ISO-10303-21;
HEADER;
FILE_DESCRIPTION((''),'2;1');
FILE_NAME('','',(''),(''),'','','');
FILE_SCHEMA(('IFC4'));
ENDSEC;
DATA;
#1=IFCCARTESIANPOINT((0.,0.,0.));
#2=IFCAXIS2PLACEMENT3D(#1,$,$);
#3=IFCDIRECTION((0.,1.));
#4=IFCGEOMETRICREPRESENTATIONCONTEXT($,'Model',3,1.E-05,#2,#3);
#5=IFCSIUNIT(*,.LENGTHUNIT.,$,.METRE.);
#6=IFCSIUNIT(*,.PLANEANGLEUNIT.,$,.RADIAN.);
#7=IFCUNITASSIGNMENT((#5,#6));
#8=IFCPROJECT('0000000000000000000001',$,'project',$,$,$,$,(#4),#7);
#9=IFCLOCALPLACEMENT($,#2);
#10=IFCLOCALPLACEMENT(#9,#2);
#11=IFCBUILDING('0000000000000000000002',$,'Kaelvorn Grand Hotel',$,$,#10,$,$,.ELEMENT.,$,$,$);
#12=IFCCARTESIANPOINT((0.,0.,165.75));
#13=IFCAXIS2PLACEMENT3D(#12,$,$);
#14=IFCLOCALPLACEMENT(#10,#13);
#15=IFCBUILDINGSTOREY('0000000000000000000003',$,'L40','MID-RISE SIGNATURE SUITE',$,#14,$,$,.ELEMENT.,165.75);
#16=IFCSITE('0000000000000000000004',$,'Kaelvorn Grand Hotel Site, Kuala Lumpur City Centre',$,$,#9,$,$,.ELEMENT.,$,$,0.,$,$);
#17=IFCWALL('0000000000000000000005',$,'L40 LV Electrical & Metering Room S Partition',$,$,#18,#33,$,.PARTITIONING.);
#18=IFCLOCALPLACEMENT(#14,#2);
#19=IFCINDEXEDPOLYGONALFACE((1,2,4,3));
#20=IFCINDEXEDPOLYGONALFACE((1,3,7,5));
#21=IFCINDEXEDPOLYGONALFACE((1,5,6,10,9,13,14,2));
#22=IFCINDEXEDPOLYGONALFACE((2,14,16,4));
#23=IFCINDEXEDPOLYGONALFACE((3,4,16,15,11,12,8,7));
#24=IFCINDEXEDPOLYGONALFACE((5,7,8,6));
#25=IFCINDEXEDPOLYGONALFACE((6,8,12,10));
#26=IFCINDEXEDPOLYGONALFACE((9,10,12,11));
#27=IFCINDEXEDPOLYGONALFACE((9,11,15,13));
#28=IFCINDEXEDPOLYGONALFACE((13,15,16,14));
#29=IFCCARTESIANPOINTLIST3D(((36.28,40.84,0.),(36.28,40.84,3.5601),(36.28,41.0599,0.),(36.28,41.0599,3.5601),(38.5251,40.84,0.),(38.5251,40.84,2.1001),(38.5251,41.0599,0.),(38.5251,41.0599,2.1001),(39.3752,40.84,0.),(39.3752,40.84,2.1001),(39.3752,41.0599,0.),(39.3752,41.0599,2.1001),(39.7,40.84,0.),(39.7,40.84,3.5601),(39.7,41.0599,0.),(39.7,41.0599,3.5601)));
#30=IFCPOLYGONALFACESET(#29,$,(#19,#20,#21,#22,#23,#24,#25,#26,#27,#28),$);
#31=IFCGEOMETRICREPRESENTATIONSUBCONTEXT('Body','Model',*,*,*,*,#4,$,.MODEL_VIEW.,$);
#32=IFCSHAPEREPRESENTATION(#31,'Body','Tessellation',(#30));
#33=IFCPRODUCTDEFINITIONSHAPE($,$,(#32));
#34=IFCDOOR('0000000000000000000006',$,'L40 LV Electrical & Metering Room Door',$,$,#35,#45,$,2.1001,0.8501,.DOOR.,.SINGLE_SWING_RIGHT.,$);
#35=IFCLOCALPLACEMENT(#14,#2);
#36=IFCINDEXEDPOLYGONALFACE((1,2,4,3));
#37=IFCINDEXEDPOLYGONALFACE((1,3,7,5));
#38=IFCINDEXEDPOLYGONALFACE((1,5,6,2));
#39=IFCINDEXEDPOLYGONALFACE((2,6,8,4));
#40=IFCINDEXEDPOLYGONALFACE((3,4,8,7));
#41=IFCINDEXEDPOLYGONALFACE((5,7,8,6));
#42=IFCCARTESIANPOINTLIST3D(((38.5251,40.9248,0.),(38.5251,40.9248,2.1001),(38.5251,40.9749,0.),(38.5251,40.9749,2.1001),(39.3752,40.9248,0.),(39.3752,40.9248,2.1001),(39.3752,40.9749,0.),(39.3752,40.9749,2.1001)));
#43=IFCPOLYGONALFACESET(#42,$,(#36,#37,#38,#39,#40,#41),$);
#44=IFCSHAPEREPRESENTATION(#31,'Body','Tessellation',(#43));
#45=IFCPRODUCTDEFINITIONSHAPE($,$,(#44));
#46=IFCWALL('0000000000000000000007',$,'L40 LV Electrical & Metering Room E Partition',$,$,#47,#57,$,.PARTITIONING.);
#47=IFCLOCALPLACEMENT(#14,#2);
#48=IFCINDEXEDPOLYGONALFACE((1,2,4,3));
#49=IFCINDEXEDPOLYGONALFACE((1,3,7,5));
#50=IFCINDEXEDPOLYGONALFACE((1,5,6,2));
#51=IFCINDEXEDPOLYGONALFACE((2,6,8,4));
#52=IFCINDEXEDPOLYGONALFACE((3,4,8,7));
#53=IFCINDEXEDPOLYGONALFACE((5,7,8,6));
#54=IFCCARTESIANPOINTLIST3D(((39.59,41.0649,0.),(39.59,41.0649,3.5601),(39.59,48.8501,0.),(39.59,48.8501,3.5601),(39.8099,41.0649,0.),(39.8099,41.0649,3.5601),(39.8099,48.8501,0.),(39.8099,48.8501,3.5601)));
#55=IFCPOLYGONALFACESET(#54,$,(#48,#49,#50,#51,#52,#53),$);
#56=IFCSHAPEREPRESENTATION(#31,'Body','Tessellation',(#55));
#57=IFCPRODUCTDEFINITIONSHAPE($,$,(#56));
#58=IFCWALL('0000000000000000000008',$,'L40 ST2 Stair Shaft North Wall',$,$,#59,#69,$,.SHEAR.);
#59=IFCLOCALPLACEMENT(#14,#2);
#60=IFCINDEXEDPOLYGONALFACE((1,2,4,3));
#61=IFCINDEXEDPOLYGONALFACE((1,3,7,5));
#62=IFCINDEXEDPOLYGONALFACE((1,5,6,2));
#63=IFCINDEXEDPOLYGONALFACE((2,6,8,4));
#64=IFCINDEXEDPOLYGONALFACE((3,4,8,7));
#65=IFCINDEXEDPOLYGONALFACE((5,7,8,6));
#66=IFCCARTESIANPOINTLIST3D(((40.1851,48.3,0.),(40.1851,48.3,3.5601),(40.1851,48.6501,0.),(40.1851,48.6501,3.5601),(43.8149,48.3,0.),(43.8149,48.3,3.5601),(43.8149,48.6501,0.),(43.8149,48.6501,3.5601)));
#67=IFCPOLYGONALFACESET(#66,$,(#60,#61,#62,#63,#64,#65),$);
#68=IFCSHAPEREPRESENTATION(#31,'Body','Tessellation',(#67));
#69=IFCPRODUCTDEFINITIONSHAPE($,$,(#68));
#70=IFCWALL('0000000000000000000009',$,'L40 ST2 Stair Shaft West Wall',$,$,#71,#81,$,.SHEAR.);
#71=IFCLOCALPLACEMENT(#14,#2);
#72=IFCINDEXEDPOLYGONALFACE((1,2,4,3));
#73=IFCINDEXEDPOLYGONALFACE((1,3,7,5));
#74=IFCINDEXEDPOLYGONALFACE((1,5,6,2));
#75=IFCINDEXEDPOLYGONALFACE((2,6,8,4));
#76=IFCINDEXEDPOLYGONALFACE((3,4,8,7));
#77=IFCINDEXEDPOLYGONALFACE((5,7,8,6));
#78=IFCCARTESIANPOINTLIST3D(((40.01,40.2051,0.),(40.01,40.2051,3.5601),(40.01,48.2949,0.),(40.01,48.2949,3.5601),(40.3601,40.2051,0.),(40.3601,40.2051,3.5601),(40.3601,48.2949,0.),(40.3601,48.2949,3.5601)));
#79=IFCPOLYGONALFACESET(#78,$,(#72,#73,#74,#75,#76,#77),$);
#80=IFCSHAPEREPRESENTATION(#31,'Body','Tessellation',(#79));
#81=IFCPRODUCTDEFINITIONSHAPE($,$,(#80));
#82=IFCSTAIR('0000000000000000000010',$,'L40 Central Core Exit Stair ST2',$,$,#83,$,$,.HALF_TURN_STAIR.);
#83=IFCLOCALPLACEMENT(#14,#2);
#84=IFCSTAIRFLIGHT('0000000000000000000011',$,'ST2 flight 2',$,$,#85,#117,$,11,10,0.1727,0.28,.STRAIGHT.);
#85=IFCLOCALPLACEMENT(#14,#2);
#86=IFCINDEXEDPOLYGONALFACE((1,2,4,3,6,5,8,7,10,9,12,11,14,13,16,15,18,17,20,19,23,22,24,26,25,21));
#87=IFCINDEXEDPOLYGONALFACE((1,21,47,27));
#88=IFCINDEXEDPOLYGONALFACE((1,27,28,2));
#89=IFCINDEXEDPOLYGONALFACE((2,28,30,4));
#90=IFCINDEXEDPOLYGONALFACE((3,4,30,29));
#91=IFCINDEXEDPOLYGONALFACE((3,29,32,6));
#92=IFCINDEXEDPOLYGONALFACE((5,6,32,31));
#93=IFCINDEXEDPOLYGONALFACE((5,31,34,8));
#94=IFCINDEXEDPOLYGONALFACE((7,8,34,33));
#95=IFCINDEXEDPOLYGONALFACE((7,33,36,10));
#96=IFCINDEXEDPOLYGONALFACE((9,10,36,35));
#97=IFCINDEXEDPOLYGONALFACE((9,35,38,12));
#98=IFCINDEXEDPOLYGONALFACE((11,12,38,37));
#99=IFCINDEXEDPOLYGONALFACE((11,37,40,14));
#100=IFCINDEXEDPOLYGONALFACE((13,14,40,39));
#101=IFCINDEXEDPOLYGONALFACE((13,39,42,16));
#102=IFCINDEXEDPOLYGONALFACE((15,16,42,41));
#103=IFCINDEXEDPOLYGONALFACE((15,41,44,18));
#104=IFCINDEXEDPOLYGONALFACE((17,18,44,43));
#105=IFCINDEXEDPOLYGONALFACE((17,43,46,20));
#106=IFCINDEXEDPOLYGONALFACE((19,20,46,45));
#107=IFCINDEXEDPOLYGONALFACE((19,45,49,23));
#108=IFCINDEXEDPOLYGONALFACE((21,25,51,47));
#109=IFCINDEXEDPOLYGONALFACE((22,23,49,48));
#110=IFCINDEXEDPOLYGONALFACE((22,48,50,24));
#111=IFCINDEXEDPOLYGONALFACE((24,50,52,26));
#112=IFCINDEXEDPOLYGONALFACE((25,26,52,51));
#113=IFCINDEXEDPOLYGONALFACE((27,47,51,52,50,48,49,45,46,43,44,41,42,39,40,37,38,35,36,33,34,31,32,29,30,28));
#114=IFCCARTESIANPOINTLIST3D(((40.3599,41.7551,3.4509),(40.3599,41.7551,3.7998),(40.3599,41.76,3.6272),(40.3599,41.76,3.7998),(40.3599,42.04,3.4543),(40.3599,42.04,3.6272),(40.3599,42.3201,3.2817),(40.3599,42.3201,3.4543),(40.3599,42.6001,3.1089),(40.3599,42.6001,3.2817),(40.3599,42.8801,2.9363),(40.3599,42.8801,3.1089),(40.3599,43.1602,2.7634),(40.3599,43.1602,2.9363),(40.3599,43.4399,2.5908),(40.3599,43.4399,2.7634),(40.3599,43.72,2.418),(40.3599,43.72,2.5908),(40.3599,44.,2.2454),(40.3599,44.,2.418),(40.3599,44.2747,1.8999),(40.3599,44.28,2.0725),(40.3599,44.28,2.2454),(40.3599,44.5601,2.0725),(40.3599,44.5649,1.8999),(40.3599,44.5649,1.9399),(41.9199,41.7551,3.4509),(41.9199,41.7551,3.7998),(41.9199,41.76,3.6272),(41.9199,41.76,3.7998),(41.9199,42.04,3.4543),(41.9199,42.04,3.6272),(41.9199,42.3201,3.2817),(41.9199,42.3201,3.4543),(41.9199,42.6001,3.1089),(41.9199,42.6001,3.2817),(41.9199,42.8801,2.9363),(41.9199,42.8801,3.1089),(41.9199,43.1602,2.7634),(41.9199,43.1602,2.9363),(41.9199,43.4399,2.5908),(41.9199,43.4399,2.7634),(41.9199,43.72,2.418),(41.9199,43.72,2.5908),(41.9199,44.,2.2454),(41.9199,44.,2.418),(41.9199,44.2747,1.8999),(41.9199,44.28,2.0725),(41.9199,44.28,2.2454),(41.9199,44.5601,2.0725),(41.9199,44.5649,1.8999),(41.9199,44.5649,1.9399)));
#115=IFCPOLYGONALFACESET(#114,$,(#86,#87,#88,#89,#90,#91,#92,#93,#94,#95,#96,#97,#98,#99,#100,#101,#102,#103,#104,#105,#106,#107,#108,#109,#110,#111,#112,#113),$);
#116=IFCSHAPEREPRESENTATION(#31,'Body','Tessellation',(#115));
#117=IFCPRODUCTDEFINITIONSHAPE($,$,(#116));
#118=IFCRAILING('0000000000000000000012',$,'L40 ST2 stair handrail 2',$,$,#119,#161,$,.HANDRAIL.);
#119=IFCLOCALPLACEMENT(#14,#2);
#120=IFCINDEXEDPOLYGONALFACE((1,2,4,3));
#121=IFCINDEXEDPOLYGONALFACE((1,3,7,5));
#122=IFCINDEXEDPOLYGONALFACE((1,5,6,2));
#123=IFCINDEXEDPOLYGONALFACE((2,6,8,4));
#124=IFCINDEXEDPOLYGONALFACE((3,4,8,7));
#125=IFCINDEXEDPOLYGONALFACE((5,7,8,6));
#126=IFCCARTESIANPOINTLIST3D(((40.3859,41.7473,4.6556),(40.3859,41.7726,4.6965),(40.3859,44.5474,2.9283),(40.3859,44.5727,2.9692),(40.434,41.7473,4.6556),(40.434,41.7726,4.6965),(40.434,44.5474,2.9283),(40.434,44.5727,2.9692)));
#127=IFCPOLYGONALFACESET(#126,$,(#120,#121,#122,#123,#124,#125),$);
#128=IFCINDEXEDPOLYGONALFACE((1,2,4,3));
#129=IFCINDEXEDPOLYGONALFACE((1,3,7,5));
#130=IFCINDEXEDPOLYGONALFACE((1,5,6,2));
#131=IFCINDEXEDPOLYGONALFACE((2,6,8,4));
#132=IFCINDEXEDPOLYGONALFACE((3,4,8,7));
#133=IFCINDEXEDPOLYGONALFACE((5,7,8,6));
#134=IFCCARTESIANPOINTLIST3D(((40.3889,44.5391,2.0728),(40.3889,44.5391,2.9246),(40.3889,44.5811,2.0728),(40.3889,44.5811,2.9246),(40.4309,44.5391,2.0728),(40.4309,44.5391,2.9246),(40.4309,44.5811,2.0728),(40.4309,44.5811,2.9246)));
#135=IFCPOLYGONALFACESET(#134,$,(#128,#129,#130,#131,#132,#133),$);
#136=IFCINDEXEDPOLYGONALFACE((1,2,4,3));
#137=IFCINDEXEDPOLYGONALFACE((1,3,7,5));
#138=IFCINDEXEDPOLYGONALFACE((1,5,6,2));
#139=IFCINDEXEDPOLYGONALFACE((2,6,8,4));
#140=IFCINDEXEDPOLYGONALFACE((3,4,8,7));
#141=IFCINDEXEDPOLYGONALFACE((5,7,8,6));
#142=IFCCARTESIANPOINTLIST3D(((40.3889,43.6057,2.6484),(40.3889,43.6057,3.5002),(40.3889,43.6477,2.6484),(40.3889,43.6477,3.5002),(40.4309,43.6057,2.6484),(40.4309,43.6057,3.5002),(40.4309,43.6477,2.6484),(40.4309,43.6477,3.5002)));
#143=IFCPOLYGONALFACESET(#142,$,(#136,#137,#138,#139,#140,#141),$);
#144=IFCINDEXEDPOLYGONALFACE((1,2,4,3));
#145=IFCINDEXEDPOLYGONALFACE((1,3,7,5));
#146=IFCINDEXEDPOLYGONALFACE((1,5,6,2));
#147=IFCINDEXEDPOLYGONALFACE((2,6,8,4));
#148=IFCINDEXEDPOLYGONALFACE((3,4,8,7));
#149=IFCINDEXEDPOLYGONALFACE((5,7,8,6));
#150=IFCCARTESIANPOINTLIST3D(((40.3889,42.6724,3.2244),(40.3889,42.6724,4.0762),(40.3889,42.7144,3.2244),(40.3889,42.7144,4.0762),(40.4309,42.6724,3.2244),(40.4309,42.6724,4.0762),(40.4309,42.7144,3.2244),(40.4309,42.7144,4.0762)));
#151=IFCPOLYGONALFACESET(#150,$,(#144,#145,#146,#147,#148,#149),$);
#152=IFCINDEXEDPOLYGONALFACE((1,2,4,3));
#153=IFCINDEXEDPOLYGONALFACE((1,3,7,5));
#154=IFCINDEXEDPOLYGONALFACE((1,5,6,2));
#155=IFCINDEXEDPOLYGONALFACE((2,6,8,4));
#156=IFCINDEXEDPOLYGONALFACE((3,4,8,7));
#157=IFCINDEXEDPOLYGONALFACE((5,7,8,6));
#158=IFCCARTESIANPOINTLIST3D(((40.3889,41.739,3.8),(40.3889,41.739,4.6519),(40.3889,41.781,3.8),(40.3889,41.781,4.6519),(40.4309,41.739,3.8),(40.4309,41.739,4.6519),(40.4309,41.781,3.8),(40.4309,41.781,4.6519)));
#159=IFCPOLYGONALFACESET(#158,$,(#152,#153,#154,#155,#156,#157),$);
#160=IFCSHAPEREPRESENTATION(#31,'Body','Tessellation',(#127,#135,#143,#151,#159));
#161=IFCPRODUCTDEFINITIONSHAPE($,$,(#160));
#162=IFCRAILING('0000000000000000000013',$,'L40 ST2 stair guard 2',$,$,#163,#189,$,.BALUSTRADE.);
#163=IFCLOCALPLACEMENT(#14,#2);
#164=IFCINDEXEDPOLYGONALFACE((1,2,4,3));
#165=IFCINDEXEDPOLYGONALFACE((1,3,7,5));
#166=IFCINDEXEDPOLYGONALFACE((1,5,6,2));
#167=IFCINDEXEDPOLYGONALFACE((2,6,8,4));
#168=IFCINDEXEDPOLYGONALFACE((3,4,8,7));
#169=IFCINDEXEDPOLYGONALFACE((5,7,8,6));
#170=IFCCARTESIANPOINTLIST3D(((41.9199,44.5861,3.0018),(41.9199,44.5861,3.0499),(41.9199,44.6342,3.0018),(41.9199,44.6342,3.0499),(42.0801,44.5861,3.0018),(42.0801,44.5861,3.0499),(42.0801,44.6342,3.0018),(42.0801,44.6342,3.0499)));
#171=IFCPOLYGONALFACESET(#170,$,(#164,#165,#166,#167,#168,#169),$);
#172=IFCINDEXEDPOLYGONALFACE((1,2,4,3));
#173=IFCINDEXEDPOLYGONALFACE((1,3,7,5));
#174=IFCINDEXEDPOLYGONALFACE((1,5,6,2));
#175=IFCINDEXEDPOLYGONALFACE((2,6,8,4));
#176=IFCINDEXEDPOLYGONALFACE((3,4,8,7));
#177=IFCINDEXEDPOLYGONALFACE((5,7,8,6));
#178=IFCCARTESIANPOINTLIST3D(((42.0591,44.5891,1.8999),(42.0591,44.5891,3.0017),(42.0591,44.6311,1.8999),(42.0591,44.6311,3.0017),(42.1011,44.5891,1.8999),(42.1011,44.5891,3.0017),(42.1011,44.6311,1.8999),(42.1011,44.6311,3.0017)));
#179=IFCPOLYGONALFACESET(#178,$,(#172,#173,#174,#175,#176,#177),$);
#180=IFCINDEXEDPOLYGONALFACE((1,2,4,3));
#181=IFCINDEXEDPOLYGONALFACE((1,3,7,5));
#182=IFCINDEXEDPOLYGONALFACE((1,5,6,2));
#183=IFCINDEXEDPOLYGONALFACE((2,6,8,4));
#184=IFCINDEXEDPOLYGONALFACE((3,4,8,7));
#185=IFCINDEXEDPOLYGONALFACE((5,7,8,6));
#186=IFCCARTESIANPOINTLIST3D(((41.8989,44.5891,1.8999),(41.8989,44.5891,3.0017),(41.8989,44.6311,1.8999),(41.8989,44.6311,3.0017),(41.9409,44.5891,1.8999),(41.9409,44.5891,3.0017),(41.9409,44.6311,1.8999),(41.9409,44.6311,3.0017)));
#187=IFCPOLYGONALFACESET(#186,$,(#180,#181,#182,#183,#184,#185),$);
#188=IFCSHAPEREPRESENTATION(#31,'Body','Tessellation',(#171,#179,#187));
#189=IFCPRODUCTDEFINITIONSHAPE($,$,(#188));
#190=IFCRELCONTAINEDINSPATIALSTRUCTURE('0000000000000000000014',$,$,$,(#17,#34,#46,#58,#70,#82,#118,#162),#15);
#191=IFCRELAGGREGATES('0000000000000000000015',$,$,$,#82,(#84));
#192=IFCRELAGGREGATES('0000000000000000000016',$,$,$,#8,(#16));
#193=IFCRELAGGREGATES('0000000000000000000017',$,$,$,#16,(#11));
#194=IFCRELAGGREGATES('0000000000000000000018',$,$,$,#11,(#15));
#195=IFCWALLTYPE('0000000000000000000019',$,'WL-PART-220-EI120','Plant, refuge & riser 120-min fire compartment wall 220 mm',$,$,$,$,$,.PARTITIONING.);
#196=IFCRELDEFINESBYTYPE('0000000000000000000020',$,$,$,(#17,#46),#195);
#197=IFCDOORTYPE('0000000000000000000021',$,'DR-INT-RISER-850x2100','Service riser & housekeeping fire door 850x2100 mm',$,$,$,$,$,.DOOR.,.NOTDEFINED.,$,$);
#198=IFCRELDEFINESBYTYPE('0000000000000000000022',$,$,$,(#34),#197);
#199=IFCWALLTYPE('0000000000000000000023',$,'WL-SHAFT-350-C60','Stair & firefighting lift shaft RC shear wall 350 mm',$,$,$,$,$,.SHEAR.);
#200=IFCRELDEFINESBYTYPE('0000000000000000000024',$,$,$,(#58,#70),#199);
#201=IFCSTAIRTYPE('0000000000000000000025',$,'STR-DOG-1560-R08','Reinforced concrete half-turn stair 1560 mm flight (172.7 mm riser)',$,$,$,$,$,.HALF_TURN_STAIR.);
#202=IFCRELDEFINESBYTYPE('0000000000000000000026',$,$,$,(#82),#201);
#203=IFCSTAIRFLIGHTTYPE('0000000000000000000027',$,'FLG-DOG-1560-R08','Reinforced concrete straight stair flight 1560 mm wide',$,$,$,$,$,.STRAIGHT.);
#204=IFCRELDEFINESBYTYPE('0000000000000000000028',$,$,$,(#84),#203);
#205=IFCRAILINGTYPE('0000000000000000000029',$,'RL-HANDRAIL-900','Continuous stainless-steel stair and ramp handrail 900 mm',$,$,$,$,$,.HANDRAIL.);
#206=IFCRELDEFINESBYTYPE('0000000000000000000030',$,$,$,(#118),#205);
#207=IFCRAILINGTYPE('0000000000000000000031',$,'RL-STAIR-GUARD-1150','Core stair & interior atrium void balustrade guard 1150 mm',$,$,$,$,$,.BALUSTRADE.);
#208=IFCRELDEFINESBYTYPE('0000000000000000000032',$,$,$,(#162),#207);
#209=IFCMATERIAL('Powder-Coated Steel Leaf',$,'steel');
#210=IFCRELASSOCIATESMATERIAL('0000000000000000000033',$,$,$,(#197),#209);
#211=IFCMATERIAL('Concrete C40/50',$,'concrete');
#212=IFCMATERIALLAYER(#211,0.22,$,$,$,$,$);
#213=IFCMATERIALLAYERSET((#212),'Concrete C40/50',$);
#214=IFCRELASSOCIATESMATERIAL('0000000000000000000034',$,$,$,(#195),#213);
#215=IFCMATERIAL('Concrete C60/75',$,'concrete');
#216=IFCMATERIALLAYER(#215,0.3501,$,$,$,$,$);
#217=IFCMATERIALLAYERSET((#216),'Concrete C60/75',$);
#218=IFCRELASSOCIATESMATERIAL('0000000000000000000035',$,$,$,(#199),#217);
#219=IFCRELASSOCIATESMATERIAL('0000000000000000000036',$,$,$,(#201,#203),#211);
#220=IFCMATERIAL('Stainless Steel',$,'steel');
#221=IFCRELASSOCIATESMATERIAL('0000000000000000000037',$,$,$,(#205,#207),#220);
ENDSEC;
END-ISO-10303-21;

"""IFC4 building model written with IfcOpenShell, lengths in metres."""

from ifc_helpers import new_model, si_unit, direction, frame, frame_2d, origin, origin_2d, place, context, subcontext, project, spatial, polyline, rectangle, outline, extrude, material, layer, layer_set, type_object, element, fill, aggregate, save


model = new_model("IFC4")

# Units and contexts
model_context = context("Model", 3, precision=1e-05, world=origin(), true_north=direction((0.0, 1.0)))
body_context = subcontext(model_context, "Body", "Model", "MODEL_VIEW")
ifc_project = project(units=[si_unit("LENGTHUNIT", "METRE"), si_unit("PLANEANGLEUNIT", "RADIAN")], contexts=[model_context])

# Site, building, storey
site_placement = place(None, origin())
site = spatial("IfcSite", under=ifc_project, at=site_placement, Name="Kaelvorn Grand Hotel Site, Kuala Lumpur City Centre", CompositionType="ELEMENT", RefElevation=0.0)
building_placement = place(site_placement, origin())
building = spatial("IfcBuilding", under=site, at=building_placement, Name="Kaelvorn Grand Hotel", CompositionType="ELEMENT")
storey_placement = place(building_placement, frame((0.0, 0.0, 165.75)))
storey = spatial("IfcBuildingStorey", under=building, at=storey_placement, Name="L40", Description="MID-RISE SIGNATURE SUITE", CompositionType="ELEMENT", Elevation=165.75)

# Shared definitions
ifc_material_1 = material(Name="Concrete C60/75", Category="concrete")

# Shared definitions
ifc_material_2 = material(Name="Powder-Coated Steel Leaf", Category="steel")
door_type_1 = type_object("IfcDoorType", Name="DR-INT-RISER-850x2100", Description="Service riser & housekeeping fire door 850x2100 mm", OperationType="NOTDEFINED", PredefinedType="DOOR", material=ifc_material_2)

# Shared definitions
ifc_material_3 = material(Name="Concrete C40/50", Category="concrete")
ifc_layer_1 = layer(ifc_material_3, 0.22)
ifc_layer_set_1 = layer_set([ifc_layer_1], Name="Concrete C40/50")
wall_type_1 = type_object("IfcWallType", Name="WL-PART-220-EI120", Description="Plant, refuge & riser 120-min fire compartment wall 220 mm", PredefinedType="PARTITIONING", material=ifc_layer_set_1)

# Wall, opening, door
wall_1_placement = place(storey_placement, frame((36.28, 40.95, 0.0), z_axis=(0.0, 0.0, 1.0), x_axis=(1.0, 0.0, 0.0)))
wall_1 = element("IfcWall", 1, at=wall_1_placement, inside=storey, type_object=wall_type_1, Name="L40 LV Electrical & Metering Room S Partition", PredefinedType="PARTITIONING", context=body_context, shape_type="SweptSolid", body=[
    extrude(rectangle(XDim=3.4199, YDim=0.22, at=frame_2d((1.71, 0.0))), origin(), (0.0, 0.0, 1.0), 3.5601),
])
opening_1_placement = place(wall_1_placement, frame((2.2451, 0.0, 0.0)))
opening_1 = element("IfcOpeningElement", 2, at=opening_1_placement, cuts=wall_1, PredefinedType="OPENING", context=body_context, shape_type="SweptSolid", body=[
    extrude(rectangle(XDim=0.8501, YDim=2.1001, at=frame_2d((0.425, 1.05))), frame((0.0, 0.1201, 0.0), z_axis=(0.0, -1.0, 0.0), x_axis=(1.0, 0.0, 0.0)), (0.0, 0.0, 1.0), 0.24),
])
door_1_placement = place(opening_1_placement, origin())
door_1 = element("IfcDoor", 3, at=door_1_placement, inside=storey, type_object=door_type_1, Name="L40 LV Electrical & Metering Room Door", OperationType="SINGLE_SWING_RIGHT", OverallHeight=2.1001, OverallWidth=0.8501, PredefinedType="DOOR", context=body_context, shape_type="SweptSolid", body=[
    extrude(rectangle(XDim=0.8501, YDim=2.1001, at=frame_2d((0.425, 1.05))), frame((0.0, 0.0249, 0.0), z_axis=(0.0, -1.0, 0.0), x_axis=(1.0, 0.0, 0.0)), (0.0, 0.0, 1.0), 0.05),
])
fill(opening_1, door_1)

# Wall
wall_2_placement = place(storey_placement, frame((39.7, 41.0649, 0.0), z_axis=(0.0, 0.0, 1.0), x_axis=(0.0, 1.0, 0.0)))
element("IfcWall", 4, at=wall_2_placement, inside=storey, type_object=wall_type_1, Name="L40 LV Electrical & Metering Room E Partition", PredefinedType="PARTITIONING", context=body_context, shape_type="SweptSolid", body=[
    extrude(rectangle(XDim=7.7852, YDim=0.22, at=frame_2d((3.8926, 0.0))), origin(), (0.0, 0.0, 1.0), 3.5601),
])

# Shared definitions
ifc_layer_2 = layer(ifc_material_1, 0.3501)
ifc_layer_set_2 = layer_set([ifc_layer_2], Name="Concrete C60/75")
wall_type_2 = type_object("IfcWallType", Name="WL-SHAFT-350-C60", Description="Stair & firefighting lift shaft RC shear wall 350 mm", PredefinedType="SHEAR", material=ifc_layer_set_2)

# Walls
wall_3_placement = place(storey_placement, frame((40.1851, 48.4751, 0.0), z_axis=(0.0, 0.0, 1.0), x_axis=(1.0, 0.0, 0.0)))
element("IfcWall", 5, at=wall_3_placement, inside=storey, type_object=wall_type_2, Name="L40 ST2 Stair Shaft North Wall", PredefinedType="SHEAR", context=body_context, shape_type="SweptSolid", body=[
    extrude(rectangle(XDim=3.6299, YDim=0.3501, at=frame_2d((1.8149, 0.0))), origin(), (0.0, 0.0, 1.0), 3.5601),
])
wall_4_placement = place(storey_placement, frame((40.1851, 40.2051, 0.0), z_axis=(0.0, 0.0, 1.0), x_axis=(0.0, 1.0, 0.0)))
element("IfcWall", 6, at=wall_4_placement, inside=storey, type_object=wall_type_2, Name="L40 ST2 Stair Shaft West Wall", PredefinedType="SHEAR", context=body_context, shape_type="SweptSolid", body=[
    extrude(rectangle(XDim=8.0898, YDim=0.3501, at=frame_2d((4.0449, 0.0))), origin(), (0.0, 0.0, 1.0), 3.5601),
])

# Stair, stair flight
stair_type = type_object("IfcStairType", Name="STR-DOG-1560-R08", Description="Reinforced concrete half-turn stair 1560 mm flight (172.7 mm riser)", PredefinedType="HALF_TURN_STAIR", material=ifc_material_3)
stair_placement = place(storey_placement, origin())
stair = element("IfcStair", 7, at=stair_placement, inside=storey, type_object=stair_type, Name="L40 Central Core Exit Stair ST2", PredefinedType="HALF_TURN_STAIR")
stair_flight_type = type_object("IfcStairFlightType", Name="FLG-DOG-1560-R08", Description="Reinforced concrete straight stair flight 1560 mm wide", PredefinedType="STRAIGHT", material=ifc_material_3)
stair_flight_placement = place(storey_placement, frame((41.1399, 44.5601, 1.8999), z_axis=(0.0, 0.0, 1.0), x_axis=(0.0, -1.0, 0.0)))
stair_flight = element("IfcStairFlight", 8, at=stair_flight_placement, type_object=stair_flight_type, Name="ST2 flight 2", NumberOfRisers=11, NumberOfTreads=10, PredefinedType="STRAIGHT", RiserHeight=0.1727, TreadLength=0.28, context=body_context, shape_type="SweptSolid", body=[
    extrude(outline(polyline([(-0.0049, 0.0), (-0.0049, 0.04), (0.0, 0.1726), (0.28, 0.1726), (0.28, 0.3455), (0.5601, 0.3455), (0.5601, 0.5181), (0.8401, 0.5181), (0.8401, 0.6909), (1.1201, 0.6909), (1.1201, 0.8635), (1.3999, 0.8635), (1.3999, 1.0364), (1.6799, 1.0364), (1.6799, 1.209), (1.96, 1.209), (1.96, 1.3818), (2.24, 1.3818), (2.24, 1.5544), (2.52, 1.5544), (2.52, 1.7273), (2.8, 1.7273), (2.8, 1.8999), (2.8049, 1.8999), (2.8049, 1.551), (0.2854, 0.0), (-0.0049, 0.0)])), frame((0.0, 0.78, 0.0), z_axis=(0.0, -1.0, 0.0), x_axis=(1.0, 0.0, 0.0)), (0.0, 0.0, 1.0), 1.5601),
])
aggregate(stair, [stair_flight])

# Railings
ifc_material_4 = material(Name="Stainless Steel", Category="steel")
railing_type_1 = type_object("IfcRailingType", Name="RL-HANDRAIL-900", Description="Continuous stainless-steel stair and ramp handrail 900 mm", PredefinedType="HANDRAIL", material=ifc_material_4)
railing_1_placement = place(storey_placement, frame((40.4099, 44.5601, 2.0728)))
element("IfcRailing", 9, at=railing_1_placement, inside=storey, type_object=railing_type_1, Name="L40 ST2 stair handrail 2", PredefinedType="HANDRAIL", context=body_context, shape_type="SweptSolid", body=[
    extrude(rectangle(XDim=0.0481, YDim=0.0481, at=origin_2d()), frame((0.0, 0.0, 0.876), z_axis=(0.0, -0.85109, 0.52502), x_axis=(1.0, 0.0, 0.0)), (0.0, 0.0, 1.0), 3.29),
    extrude(rectangle(XDim=0.042, YDim=0.042, at=origin_2d()), origin(), (0.0, 0.0, 1.0), 0.8518),
    extrude(rectangle(XDim=0.042, YDim=0.042, at=origin_2d()), frame((0.0, -0.9333, 0.5757)), (0.0, 0.0, 1.0), 0.8518),
    extrude(rectangle(XDim=0.042, YDim=0.042, at=origin_2d()), frame((0.0, -1.8667, 1.1516)), (0.0, 0.0, 1.0), 0.8518),
    extrude(rectangle(XDim=0.042, YDim=0.042, at=origin_2d()), frame((0.0, -2.8, 1.7273)), (0.0, 0.0, 1.0), 0.8518),
])
railing_type_2 = type_object("IfcRailingType", Name="RL-STAIR-GUARD-1150", Description="Core stair & interior atrium void balustrade guard 1150 mm", PredefinedType="BALUSTRADE", material=ifc_material_4)
railing_2_placement = place(storey_placement, frame((42.0801, 44.6101, 1.8999)))
element("IfcRailing", 10, at=railing_2_placement, inside=storey, type_object=railing_type_2, Name="L40 ST2 stair guard 2", PredefinedType="BALUSTRADE", context=body_context, shape_type="SweptSolid", body=[
    extrude(rectangle(XDim=0.0481, YDim=0.0481, at=origin_2d()), frame((0.0, 0.0, 1.126), z_axis=(-1.0, 0.0, 0.0), x_axis=(0.0, -1.0, 0.0)), (0.0, 0.0, 1.0), 0.1602),
    extrude(rectangle(XDim=0.042, YDim=0.042, at=origin_2d()), origin(), (0.0, 0.0, 1.0), 1.1018),
    extrude(rectangle(XDim=0.042, YDim=0.042, at=origin_2d()), frame((-0.1602, 0.0, 0.0)), (0.0, 0.0, 1.0), 1.1018),
])

save(model, "model.ifc")
